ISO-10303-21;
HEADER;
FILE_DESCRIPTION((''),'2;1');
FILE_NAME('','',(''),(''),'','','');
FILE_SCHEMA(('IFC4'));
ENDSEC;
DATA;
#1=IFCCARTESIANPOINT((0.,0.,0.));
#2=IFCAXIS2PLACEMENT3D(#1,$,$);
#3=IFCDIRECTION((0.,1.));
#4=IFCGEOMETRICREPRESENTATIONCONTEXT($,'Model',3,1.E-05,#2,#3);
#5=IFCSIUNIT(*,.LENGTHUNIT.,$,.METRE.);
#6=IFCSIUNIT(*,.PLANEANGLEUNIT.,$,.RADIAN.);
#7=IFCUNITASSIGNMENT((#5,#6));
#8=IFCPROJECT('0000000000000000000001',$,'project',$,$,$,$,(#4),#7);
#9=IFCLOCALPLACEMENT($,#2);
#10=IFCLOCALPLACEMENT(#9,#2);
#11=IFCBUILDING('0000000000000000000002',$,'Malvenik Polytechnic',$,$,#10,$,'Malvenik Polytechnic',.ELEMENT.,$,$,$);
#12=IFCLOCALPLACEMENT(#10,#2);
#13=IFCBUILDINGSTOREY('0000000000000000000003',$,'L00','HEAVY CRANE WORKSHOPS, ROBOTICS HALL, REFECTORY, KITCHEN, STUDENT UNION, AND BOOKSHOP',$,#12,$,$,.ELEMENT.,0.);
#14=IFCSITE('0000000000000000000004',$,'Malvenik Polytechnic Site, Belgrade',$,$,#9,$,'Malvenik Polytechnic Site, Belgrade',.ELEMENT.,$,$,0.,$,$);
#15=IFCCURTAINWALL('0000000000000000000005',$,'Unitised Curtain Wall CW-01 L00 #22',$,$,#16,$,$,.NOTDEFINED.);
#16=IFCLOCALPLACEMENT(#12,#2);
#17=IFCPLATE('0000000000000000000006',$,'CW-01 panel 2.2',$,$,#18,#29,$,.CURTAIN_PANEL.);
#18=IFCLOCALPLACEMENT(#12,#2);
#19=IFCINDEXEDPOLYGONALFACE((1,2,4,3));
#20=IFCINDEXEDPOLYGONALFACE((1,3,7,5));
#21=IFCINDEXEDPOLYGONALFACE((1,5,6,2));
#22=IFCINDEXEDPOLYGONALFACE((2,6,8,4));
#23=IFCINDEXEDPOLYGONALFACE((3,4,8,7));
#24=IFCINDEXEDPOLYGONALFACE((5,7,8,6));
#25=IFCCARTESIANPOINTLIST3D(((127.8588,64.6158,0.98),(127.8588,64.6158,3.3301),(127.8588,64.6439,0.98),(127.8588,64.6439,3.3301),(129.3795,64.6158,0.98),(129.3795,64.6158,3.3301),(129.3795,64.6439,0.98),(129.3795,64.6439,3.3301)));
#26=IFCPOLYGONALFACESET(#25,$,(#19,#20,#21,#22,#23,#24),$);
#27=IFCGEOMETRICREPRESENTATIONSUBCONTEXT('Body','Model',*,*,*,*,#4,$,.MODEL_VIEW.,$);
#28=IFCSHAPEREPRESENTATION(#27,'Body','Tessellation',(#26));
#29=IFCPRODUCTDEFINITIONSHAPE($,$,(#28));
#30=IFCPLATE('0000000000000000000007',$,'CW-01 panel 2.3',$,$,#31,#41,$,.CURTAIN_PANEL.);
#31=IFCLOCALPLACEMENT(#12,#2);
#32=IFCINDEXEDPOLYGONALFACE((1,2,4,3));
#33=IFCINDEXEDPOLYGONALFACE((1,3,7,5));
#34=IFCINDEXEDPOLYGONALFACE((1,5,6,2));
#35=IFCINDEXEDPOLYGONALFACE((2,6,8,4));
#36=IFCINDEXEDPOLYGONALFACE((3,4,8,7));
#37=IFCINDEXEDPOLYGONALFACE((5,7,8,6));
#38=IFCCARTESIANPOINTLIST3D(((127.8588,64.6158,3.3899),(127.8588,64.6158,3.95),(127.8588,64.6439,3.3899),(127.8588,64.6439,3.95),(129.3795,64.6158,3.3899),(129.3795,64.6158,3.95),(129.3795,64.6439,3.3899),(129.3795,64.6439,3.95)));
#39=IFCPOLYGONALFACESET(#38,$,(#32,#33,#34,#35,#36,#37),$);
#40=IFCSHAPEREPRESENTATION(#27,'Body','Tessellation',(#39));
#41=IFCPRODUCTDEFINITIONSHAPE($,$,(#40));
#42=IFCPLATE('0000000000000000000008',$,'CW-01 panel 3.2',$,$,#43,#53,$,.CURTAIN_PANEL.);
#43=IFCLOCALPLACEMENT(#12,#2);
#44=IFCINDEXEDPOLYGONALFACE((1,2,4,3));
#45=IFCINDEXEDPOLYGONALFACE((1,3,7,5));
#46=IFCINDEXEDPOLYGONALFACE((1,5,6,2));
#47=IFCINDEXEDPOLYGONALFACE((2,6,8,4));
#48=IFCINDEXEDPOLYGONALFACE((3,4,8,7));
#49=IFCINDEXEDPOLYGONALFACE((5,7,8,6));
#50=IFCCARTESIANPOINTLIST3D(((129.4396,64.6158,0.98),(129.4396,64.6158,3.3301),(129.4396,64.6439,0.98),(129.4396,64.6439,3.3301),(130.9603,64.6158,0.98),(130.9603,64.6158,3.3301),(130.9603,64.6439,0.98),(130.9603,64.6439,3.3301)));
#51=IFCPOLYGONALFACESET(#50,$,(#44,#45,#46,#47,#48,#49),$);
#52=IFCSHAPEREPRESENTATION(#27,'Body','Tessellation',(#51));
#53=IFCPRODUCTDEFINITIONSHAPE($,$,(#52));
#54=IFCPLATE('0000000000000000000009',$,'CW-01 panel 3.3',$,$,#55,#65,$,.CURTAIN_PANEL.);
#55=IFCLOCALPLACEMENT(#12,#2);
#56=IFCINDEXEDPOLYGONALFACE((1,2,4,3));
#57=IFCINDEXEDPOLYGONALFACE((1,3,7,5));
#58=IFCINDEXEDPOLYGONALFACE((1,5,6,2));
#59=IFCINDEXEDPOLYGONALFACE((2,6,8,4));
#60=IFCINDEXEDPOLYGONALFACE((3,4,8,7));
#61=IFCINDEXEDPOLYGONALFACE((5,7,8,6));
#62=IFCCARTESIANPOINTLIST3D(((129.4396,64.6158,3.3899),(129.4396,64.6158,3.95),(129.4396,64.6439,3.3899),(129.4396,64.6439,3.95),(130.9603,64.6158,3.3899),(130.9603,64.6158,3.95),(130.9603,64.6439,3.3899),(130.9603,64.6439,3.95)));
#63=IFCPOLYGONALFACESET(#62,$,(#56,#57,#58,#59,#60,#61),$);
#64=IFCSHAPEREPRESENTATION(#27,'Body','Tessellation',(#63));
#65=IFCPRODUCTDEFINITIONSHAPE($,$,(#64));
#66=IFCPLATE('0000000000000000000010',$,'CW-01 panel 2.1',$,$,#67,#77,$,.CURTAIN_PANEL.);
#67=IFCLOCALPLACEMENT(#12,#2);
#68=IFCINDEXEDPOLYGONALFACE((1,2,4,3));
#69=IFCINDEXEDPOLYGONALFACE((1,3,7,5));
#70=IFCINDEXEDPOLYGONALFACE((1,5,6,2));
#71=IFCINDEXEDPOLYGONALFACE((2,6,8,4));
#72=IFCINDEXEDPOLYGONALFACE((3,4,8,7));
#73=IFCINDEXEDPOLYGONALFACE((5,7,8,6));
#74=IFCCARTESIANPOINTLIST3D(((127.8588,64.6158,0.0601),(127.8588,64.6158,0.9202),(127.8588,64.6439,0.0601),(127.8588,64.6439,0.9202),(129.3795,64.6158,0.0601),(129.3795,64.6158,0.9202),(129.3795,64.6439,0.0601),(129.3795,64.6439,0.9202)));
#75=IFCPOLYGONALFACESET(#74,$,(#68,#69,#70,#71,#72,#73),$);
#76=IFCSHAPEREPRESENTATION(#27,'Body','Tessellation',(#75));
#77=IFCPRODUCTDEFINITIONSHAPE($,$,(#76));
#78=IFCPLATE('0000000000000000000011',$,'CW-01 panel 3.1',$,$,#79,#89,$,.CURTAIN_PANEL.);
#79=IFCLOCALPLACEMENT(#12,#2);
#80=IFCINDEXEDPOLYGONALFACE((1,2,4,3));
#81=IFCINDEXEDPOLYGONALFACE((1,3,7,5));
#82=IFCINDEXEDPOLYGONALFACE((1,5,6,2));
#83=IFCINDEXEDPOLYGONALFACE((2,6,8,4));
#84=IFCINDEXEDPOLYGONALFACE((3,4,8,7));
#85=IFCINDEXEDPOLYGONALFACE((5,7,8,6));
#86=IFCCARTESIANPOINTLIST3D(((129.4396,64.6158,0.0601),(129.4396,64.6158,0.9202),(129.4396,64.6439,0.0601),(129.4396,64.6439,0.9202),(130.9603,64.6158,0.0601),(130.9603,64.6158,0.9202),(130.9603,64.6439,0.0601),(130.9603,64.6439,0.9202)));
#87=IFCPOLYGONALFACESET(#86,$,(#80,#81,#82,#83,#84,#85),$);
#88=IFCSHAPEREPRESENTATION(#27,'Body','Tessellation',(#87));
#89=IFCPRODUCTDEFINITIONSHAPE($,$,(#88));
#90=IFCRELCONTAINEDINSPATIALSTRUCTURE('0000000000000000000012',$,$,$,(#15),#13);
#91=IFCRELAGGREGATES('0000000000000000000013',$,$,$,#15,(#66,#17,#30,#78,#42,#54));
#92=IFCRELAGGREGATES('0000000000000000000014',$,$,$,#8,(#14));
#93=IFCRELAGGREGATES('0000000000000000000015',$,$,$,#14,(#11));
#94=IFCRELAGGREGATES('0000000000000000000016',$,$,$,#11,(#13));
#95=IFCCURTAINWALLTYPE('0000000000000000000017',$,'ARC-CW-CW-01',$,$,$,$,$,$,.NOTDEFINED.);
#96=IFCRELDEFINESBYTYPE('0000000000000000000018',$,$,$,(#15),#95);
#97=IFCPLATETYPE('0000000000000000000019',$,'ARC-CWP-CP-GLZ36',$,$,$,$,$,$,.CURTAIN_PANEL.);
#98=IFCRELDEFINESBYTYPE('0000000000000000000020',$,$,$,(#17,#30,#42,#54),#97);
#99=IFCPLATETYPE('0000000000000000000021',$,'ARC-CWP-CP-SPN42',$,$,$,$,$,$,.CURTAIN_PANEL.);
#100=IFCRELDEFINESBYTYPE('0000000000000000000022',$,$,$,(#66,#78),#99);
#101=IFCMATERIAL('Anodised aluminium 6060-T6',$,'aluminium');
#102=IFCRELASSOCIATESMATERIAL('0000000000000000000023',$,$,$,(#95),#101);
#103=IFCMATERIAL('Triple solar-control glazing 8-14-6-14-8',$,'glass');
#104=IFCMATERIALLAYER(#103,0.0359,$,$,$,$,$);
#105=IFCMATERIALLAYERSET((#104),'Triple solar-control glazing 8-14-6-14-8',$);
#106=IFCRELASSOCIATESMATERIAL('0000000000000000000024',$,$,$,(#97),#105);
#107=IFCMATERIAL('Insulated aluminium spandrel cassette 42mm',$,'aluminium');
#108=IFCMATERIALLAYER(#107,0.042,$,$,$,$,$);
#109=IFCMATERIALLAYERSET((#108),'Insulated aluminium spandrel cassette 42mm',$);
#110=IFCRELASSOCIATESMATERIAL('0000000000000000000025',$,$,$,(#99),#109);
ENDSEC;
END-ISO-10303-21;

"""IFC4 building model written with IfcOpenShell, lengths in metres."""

from ifc_helpers import new_model, si_unit, direction, frame, origin, origin_2d, place, context, subcontext, project, spatial, rectangle, extrude, material, layer, layer_set, type_object, element, aggregate, save


model = new_model("IFC4")

# Units and contexts
model_context = context("Model", 3, precision=1e-05, world=origin(), true_north=direction((0.0, 1.0)))
body_context = subcontext(model_context, "Body", "Model", "MODEL_VIEW")
ifc_project = project(units=[si_unit("LENGTHUNIT", "METRE"), si_unit("PLANEANGLEUNIT", "RADIAN")], contexts=[model_context])

# Site, building, storey
site_placement = place(None, origin())
site = spatial("IfcSite", under=ifc_project, at=site_placement, Name="Malvenik Polytechnic Site, Belgrade", LongName="Malvenik Polytechnic Site, Belgrade", CompositionType="ELEMENT", RefElevation=0.0)
building_placement = place(site_placement, origin())
building = spatial("IfcBuilding", under=site, at=building_placement, Name="Malvenik Polytechnic", LongName="Malvenik Polytechnic", CompositionType="ELEMENT")
storey_placement = place(building_placement, origin())
storey = spatial("IfcBuildingStorey", under=building, at=storey_placement, Name="L00", Description="HEAVY CRANE WORKSHOPS, ROBOTICS HALL, REFECTORY, KITCHEN, STUDENT UNION, AND BOOKSHOP", CompositionType="ELEMENT", Elevation=0.0)

# Curtain wall
ifc_material_1 = material(Name="Anodised aluminium 6060-T6", Category="aluminium")
curtain_wall_type = type_object("IfcCurtainWallType", Name="ARC-CW-CW-01", PredefinedType="NOTDEFINED", material=ifc_material_1)
curtain_wall_placement = place(storey_placement, origin())
curtain_wall = element("IfcCurtainWall", 1, at=curtain_wall_placement, inside=storey, type_object=curtain_wall_type, Name="Unitised Curtain Wall CW-01 L00 #22", PredefinedType="NOTDEFINED")

# Plates
ifc_material_2 = material(Name="Triple solar-control glazing 8-14-6-14-8", Category="glass")
ifc_layer_1 = layer(ifc_material_2, 0.0359)
ifc_layer_set_1 = layer_set([ifc_layer_1], Name="Triple solar-control glazing 8-14-6-14-8")
plate_type_1 = type_object("IfcPlateType", Name="ARC-CWP-CP-GLZ36", PredefinedType="CURTAIN_PANEL", material=ifc_layer_set_1)
plate_1_placement = place(storey_placement, frame((128.6191, 64.6299, 0.98), z_axis=(0.0, 0.0, 1.0), x_axis=(1.0, 0.0, 0.0)))
plate_1 = element("IfcPlate", 2, at=plate_1_placement, type_object=plate_type_1, Name="CW-01 panel 2.2", PredefinedType="CURTAIN_PANEL", context=body_context, shape_type="SweptSolid", body=[
    extrude(rectangle(XDim=1.5208, YDim=0.0281, at=origin_2d()), origin(), (0.0, 0.0, 1.0), 2.3501),
])
plate_2_placement = place(storey_placement, frame((128.6191, 64.6299, 3.3899), z_axis=(0.0, 0.0, 1.0), x_axis=(1.0, 0.0, 0.0)))
plate_2 = element("IfcPlate", 3, at=plate_2_placement, type_object=plate_type_1, Name="CW-01 panel 2.3", PredefinedType="CURTAIN_PANEL", context=body_context, shape_type="SweptSolid", body=[
    extrude(rectangle(XDim=1.5208, YDim=0.0281, at=origin_2d()), origin(), (0.0, 0.0, 1.0), 0.5601),
])
plate_3_placement = place(storey_placement, frame((130.2, 64.6299, 0.98), z_axis=(0.0, 0.0, 1.0), x_axis=(1.0, 0.0, 0.0)))
plate_3 = element("IfcPlate", 4, at=plate_3_placement, type_object=plate_type_1, Name="CW-01 panel 3.2", PredefinedType="CURTAIN_PANEL", context=body_context, shape_type="SweptSolid", body=[
    extrude(rectangle(XDim=1.5208, YDim=0.0281, at=origin_2d()), origin(), (0.0, 0.0, 1.0), 2.3501),
])
plate_4_placement = place(storey_placement, frame((130.2, 64.6299, 3.3899), z_axis=(0.0, 0.0, 1.0), x_axis=(1.0, 0.0, 0.0)))
plate_4 = element("IfcPlate", 5, at=plate_4_placement, type_object=plate_type_1, Name="CW-01 panel 3.3", PredefinedType="CURTAIN_PANEL", context=body_context, shape_type="SweptSolid", body=[
    extrude(rectangle(XDim=1.5208, YDim=0.0281, at=origin_2d()), origin(), (0.0, 0.0, 1.0), 0.5601),
])
ifc_material_3 = material(Name="Insulated aluminium spandrel cassette 42mm", Category="aluminium")
ifc_layer_2 = layer(ifc_material_3, 0.042)
ifc_layer_set_2 = layer_set([ifc_layer_2], Name="Insulated aluminium spandrel cassette 42mm")
plate_type_2 = type_object("IfcPlateType", Name="ARC-CWP-CP-SPN42", PredefinedType="CURTAIN_PANEL", material=ifc_layer_set_2)
plate_5_placement = place(storey_placement, frame((128.6191, 64.6299, 0.0601), z_axis=(0.0, 0.0, 1.0), x_axis=(1.0, 0.0, 0.0)))
plate_5 = element("IfcPlate", 6, at=plate_5_placement, type_object=plate_type_2, Name="CW-01 panel 2.1", PredefinedType="CURTAIN_PANEL", context=body_context, shape_type="SweptSolid", body=[
    extrude(rectangle(XDim=1.5208, YDim=0.0281, at=origin_2d()), origin(), (0.0, 0.0, 1.0), 0.8601),
])
plate_6_placement = place(storey_placement, frame((130.2, 64.6299, 0.0601), z_axis=(0.0, 0.0, 1.0), x_axis=(1.0, 0.0, 0.0)))
plate_6 = element("IfcPlate", 7, at=plate_6_placement, type_object=plate_type_2, Name="CW-01 panel 3.1", PredefinedType="CURTAIN_PANEL", context=body_context, shape_type="SweptSolid", body=[
    extrude(rectangle(XDim=1.5208, YDim=0.0281, at=origin_2d()), origin(), (0.0, 0.0, 1.0), 0.8601),
])
aggregate(curtain_wall, [plate_5, plate_1, plate_2, plate_6, plate_3, plate_4])

save(model, "model.ifc")
